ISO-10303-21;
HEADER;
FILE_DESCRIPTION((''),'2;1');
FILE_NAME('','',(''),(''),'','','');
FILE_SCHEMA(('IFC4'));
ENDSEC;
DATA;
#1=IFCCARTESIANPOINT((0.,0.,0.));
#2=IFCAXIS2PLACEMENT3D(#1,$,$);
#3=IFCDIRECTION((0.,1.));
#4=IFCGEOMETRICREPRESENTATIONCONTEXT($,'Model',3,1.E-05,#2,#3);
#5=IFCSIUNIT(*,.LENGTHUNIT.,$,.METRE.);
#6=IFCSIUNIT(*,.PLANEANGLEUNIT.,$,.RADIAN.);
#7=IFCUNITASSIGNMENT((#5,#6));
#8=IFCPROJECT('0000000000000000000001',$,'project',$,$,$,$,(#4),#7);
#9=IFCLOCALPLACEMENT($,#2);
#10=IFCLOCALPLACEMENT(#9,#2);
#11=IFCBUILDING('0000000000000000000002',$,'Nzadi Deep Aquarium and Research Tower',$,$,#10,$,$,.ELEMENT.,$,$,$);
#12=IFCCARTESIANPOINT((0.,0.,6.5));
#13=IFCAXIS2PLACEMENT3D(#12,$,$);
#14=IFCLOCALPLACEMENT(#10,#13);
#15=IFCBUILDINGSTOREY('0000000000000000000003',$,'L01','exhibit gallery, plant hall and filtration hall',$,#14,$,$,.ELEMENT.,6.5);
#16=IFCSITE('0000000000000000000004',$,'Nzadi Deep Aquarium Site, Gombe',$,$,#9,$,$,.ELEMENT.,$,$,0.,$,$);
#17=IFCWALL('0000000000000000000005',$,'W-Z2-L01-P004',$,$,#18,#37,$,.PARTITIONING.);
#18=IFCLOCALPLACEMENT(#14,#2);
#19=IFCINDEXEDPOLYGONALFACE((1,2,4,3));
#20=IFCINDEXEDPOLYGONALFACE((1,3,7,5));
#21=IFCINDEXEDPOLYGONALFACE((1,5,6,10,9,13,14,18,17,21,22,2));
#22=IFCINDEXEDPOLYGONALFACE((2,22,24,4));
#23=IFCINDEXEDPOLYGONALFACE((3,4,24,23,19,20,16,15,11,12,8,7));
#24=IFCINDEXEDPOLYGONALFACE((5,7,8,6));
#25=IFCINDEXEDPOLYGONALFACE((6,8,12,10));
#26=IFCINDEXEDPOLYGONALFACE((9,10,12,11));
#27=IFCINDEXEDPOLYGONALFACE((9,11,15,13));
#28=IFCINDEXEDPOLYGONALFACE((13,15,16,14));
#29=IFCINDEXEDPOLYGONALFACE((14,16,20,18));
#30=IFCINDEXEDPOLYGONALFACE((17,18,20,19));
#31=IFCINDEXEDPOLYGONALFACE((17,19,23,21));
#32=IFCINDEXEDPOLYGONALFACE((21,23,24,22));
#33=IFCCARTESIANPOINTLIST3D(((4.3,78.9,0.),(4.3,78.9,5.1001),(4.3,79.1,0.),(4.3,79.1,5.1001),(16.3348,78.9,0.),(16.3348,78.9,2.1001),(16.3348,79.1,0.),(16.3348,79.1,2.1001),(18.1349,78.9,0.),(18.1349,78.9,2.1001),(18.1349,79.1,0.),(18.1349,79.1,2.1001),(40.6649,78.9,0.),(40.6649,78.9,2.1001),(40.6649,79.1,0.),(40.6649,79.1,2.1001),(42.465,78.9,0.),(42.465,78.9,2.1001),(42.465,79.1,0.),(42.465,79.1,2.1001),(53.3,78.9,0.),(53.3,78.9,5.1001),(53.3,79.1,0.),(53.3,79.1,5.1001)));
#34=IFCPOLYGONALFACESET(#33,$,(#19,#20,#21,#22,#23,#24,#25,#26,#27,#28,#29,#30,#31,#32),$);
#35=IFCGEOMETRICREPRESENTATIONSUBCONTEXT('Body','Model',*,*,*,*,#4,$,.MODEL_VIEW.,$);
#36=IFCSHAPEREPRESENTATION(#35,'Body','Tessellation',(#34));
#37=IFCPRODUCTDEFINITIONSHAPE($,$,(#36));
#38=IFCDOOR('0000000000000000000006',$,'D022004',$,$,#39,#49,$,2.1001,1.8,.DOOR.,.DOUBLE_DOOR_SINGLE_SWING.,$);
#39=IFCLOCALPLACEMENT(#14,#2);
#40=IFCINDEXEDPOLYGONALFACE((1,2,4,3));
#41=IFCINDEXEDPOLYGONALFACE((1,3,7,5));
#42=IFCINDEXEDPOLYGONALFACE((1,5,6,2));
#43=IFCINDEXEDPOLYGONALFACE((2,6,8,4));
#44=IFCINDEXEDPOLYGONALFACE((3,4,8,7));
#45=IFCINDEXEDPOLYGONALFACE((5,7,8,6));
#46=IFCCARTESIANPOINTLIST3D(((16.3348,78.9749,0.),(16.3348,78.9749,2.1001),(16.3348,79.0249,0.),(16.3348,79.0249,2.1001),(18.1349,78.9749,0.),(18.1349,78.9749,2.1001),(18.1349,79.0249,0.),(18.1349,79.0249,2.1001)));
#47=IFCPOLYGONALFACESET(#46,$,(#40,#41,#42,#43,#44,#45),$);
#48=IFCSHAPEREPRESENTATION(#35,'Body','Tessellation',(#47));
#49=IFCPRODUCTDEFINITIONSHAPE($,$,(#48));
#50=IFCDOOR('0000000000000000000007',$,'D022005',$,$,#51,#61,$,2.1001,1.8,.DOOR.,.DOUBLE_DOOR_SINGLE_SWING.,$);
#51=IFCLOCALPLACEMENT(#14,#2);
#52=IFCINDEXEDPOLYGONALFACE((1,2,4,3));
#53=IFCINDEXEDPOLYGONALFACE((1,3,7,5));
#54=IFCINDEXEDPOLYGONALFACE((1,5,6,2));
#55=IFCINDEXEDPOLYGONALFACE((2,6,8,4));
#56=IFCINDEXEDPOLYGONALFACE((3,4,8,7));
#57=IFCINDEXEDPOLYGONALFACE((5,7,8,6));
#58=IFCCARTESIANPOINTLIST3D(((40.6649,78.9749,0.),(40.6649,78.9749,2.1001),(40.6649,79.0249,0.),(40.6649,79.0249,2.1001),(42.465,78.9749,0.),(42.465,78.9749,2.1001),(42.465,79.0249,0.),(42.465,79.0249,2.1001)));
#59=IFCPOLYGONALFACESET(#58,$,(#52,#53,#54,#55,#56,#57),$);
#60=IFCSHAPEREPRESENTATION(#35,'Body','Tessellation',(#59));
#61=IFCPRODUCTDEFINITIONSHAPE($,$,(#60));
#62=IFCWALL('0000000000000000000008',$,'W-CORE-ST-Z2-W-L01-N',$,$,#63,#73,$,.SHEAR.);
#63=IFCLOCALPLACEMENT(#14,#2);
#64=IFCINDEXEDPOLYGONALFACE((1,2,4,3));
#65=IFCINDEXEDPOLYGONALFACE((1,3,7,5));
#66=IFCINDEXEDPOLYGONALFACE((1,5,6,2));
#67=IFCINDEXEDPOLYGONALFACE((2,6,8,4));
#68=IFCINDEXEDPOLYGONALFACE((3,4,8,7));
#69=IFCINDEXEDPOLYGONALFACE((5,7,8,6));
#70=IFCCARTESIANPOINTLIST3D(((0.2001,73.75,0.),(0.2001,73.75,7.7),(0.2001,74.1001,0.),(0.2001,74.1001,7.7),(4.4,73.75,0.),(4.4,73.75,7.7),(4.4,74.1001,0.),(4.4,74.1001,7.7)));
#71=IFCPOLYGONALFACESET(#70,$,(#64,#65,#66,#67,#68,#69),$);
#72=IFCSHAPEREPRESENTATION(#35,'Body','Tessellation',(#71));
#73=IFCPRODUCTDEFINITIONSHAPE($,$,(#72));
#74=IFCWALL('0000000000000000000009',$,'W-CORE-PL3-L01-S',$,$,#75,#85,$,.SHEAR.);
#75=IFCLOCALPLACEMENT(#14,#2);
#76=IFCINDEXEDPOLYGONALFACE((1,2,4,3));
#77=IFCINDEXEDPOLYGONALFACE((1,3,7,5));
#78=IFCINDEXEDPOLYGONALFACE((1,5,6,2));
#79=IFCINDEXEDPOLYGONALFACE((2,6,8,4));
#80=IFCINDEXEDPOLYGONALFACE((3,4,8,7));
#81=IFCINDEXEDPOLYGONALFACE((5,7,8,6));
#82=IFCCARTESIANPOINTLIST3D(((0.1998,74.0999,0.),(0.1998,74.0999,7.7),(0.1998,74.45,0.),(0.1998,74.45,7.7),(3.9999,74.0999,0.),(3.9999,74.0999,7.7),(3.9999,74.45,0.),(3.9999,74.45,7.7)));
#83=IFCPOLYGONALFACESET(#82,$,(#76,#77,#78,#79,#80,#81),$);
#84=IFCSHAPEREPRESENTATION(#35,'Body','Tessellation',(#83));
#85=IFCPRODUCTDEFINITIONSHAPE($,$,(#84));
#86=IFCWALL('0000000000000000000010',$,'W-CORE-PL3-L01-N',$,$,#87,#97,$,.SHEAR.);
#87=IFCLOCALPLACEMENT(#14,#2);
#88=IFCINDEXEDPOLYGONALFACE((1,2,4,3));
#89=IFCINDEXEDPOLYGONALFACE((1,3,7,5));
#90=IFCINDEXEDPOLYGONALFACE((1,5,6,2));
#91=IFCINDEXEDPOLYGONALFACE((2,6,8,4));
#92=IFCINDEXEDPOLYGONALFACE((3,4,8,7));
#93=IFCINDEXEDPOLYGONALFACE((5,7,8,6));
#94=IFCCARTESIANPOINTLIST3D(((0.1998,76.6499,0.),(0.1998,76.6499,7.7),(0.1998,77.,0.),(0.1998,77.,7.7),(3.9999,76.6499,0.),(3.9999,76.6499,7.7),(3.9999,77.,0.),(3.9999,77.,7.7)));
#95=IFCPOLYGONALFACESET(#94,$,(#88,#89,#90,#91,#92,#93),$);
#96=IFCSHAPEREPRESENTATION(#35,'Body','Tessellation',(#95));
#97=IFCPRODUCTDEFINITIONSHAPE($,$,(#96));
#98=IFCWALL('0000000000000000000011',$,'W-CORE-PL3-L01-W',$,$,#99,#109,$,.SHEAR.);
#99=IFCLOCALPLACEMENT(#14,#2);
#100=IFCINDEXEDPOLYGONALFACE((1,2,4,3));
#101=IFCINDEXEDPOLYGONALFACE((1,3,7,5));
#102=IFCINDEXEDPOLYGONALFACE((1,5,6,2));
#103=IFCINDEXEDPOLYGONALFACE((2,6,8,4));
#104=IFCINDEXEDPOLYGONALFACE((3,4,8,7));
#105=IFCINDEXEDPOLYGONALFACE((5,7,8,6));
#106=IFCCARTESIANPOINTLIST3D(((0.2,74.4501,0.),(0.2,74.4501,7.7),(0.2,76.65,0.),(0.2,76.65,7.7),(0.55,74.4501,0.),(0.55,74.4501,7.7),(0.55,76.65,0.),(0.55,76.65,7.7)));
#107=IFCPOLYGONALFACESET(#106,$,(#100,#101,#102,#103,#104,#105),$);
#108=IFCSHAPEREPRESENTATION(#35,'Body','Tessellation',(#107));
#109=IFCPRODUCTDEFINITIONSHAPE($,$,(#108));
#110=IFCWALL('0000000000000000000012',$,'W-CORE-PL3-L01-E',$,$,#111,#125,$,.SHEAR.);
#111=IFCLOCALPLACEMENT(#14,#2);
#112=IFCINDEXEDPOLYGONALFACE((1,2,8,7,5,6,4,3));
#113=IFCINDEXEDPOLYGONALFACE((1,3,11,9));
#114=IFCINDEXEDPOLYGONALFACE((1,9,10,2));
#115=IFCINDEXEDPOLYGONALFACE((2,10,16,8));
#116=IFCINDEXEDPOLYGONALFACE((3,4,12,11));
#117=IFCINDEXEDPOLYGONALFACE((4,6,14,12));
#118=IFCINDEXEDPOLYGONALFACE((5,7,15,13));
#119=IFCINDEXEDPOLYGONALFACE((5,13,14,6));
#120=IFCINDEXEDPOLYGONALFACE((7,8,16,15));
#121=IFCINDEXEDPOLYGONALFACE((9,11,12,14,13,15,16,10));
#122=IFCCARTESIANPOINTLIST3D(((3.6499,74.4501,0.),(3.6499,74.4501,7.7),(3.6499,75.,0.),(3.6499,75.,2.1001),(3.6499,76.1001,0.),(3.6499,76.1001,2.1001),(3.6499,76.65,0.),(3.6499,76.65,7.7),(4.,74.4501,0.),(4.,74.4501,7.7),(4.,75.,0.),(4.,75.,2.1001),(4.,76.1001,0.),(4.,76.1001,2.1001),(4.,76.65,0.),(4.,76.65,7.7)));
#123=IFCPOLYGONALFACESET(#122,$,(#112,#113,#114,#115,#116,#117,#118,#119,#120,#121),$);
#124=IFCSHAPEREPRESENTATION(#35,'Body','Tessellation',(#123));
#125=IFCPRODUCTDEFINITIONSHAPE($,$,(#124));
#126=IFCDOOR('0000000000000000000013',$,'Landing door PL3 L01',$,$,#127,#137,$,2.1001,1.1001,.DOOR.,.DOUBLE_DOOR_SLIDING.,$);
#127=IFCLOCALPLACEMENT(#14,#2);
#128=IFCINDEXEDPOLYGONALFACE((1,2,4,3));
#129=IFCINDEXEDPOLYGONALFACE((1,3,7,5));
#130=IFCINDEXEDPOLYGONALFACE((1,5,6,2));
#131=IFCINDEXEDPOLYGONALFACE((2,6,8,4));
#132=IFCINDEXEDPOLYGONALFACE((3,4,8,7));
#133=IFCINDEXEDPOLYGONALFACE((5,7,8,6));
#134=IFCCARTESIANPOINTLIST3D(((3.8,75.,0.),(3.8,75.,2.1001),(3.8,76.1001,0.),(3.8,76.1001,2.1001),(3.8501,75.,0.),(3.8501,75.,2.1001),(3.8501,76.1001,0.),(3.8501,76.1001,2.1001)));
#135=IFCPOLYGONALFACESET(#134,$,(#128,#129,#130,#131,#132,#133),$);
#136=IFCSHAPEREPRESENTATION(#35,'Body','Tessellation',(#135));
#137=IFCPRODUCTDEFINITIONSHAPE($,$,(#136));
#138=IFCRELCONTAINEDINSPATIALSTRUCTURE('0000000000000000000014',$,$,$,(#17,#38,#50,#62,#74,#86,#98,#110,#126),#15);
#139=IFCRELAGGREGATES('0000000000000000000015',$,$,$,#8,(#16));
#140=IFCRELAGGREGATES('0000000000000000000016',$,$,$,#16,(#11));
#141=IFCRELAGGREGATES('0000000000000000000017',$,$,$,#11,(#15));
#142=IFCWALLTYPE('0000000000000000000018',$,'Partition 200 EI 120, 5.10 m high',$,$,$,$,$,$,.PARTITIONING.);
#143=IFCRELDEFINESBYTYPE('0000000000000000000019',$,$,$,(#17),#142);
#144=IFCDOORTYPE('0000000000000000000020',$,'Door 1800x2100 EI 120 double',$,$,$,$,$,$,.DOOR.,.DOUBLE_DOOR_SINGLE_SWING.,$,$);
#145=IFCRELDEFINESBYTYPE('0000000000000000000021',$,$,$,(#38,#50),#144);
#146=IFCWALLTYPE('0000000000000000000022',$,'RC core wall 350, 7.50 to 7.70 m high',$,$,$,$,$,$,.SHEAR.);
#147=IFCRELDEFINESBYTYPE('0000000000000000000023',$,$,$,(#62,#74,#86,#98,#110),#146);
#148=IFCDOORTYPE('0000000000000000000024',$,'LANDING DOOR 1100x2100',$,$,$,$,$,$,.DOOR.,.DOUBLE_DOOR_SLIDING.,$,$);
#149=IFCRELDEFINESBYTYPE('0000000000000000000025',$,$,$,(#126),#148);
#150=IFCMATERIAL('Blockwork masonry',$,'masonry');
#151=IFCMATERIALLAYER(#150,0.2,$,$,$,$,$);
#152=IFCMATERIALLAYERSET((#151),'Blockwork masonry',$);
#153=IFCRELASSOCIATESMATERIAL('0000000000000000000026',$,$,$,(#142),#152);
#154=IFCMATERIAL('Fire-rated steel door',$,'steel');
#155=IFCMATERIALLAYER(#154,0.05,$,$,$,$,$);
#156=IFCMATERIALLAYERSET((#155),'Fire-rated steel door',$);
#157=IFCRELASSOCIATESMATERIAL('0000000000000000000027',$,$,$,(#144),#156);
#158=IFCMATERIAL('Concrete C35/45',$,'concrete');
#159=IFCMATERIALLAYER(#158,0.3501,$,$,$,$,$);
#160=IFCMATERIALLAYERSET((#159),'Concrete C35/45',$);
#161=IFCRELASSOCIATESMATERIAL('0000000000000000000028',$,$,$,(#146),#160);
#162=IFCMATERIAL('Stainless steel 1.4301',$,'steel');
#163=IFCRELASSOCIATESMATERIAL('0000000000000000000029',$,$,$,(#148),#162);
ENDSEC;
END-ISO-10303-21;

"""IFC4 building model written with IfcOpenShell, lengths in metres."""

from ifc_helpers import new_model, si_unit, direction, frame, frame_2d, origin, place, context, subcontext, project, spatial, rectangle, extrude, material, layer, layer_set, type_object, element, fill, save


model = new_model("IFC4")

# Units and contexts
model_context = context("Model", 3, precision=1e-05, world=origin(), true_north=direction((0.0, 1.0)))
body_context = subcontext(model_context, "Body", "Model", "MODEL_VIEW")
ifc_project = project(units=[si_unit("LENGTHUNIT", "METRE"), si_unit("PLANEANGLEUNIT", "RADIAN")], contexts=[model_context])

# Site, building, storey
site_placement = place(None, origin())
site = spatial("IfcSite", under=ifc_project, at=site_placement, Name="Nzadi Deep Aquarium Site, Gombe", CompositionType="ELEMENT", RefElevation=0.0)
building_placement = place(site_placement, origin())
building = spatial("IfcBuilding", under=site, at=building_placement, Name="Nzadi Deep Aquarium and Research Tower", CompositionType="ELEMENT")
storey_placement = place(building_placement, frame((0.0, 0.0, 6.5)))
storey = spatial("IfcBuildingStorey", under=building, at=storey_placement, Name="L01", Description="exhibit gallery, plant hall and filtration hall", CompositionType="ELEMENT", Elevation=6.5)

# Wall, openings, doors
ifc_material_1 = material(Name="Blockwork masonry", Category="masonry")
ifc_layer_1 = layer(ifc_material_1, 0.2)
ifc_layer_set_1 = layer_set([ifc_layer_1], Name="Blockwork masonry")
wall_type_1 = type_object("IfcWallType", Name="Partition 200 EI 120, 5.10 m high", PredefinedType="PARTITIONING", material=ifc_layer_set_1)
wall_1_placement = place(storey_placement, frame((4.3, 79.0, 0.0), z_axis=(0.0, 0.0, 1.0), x_axis=(1.0, 0.0, 0.0)))
wall_1 = element("IfcWall", 1, at=wall_1_placement, inside=storey, type_object=wall_type_1, Name="W-Z2-L01-P004", PredefinedType="PARTITIONING", context=body_context, shape_type="SweptSolid", body=[
    extrude(rectangle(XDim=49.0, YDim=0.2, at=frame_2d((24.5, 0.0))), origin(), (0.0, 0.0, 1.0), 5.1001),
])
opening_1_placement = place(wall_1_placement, frame((12.0349, 0.0, 0.0)))
opening_1 = element("IfcOpeningElement", 2, at=opening_1_placement, cuts=wall_1, PredefinedType="OPENING", context=body_context, shape_type="SweptSolid", body=[
    extrude(rectangle(XDim=1.8, YDim=2.1001, at=frame_2d((0.8999, 1.05))), frame((0.0, 0.1101, 0.0), z_axis=(0.0, -1.0, 0.0), x_axis=(1.0, 0.0, 0.0)), (0.0, 0.0, 1.0), 0.2202),
])
opening_2_placement = place(wall_1_placement, frame((36.365, 0.0, 0.0)))
opening_2 = element("IfcOpeningElement", 3, at=opening_2_placement, cuts=wall_1, PredefinedType="OPENING", context=body_context, shape_type="SweptSolid", body=[
    extrude(rectangle(XDim=1.8, YDim=2.1001, at=frame_2d((0.8999, 1.05))), frame((0.0, 0.1101, 0.0), z_axis=(0.0, -1.0, 0.0), x_axis=(1.0, 0.0, 0.0)), (0.0, 0.0, 1.0), 0.2202),
])
ifc_material_2 = material(Name="Fire-rated steel door", Category="steel")
ifc_layer_2 = layer(ifc_material_2, 0.05)
ifc_layer_set_2 = layer_set([ifc_layer_2], Name="Fire-rated steel door")
door_type_1 = type_object("IfcDoorType", Name="Door 1800x2100 EI 120 double", OperationType="DOUBLE_DOOR_SINGLE_SWING", PredefinedType="DOOR", material=ifc_layer_set_2)
door_1_placement = place(opening_1_placement, origin())
door_1 = element("IfcDoor", 4, at=door_1_placement, inside=storey, type_object=door_type_1, Name="D022004", OperationType="DOUBLE_DOOR_SINGLE_SWING", OverallHeight=2.1001, OverallWidth=1.8, PredefinedType="DOOR", context=body_context, shape_type="SweptSolid", body=[
    extrude(rectangle(XDim=1.8, YDim=2.1001, at=frame_2d((0.8999, 1.05))), frame((0.0, 0.0249, 0.0), z_axis=(0.0, -1.0, 0.0), x_axis=(1.0, 0.0, 0.0)), (0.0, 0.0, 1.0), 0.05),
])
fill(opening_1, door_1)
door_2_placement = place(opening_2_placement, origin())
door_2 = element("IfcDoor", 5, at=door_2_placement, inside=storey, type_object=door_type_1, Name="D022005", OperationType="DOUBLE_DOOR_SINGLE_SWING", OverallHeight=2.1001, OverallWidth=1.8, PredefinedType="DOOR", context=body_context, shape_type="SweptSolid", body=[
    extrude(rectangle(XDim=1.8, YDim=2.1001, at=frame_2d((0.8999, 1.05))), frame((0.0, 0.0249, 0.0), z_axis=(0.0, -1.0, 0.0), x_axis=(1.0, 0.0, 0.0)), (0.0, 0.0, 1.0), 0.05),
])
fill(opening_2, door_2)

# Walls
ifc_material_3 = material(Name="Concrete C35/45", Category="concrete")
ifc_layer_3 = layer(ifc_material_3, 0.3501)
ifc_layer_set_3 = layer_set([ifc_layer_3], Name="Concrete C35/45")
wall_type_2 = type_object("IfcWallType", Name="RC core wall 350, 7.50 to 7.70 m high", PredefinedType="SHEAR", material=ifc_layer_set_3)
wall_2_placement = place(storey_placement, frame((0.2, 73.925, 0.0), z_axis=(0.0, 0.0, 1.0), x_axis=(1.0, 0.0, 0.0)))
element("IfcWall", 6, at=wall_2_placement, inside=storey, type_object=wall_type_2, Name="W-CORE-ST-Z2-W-L01-N", PredefinedType="SHEAR", context=body_context, shape_type="SweptSolid", body=[
    extrude(rectangle(XDim=4.2, YDim=0.3501, at=frame_2d((2.1001, 0.0))), origin(), (0.0, 0.0, 1.0), 7.7),
])
for number, where, z_axis, x_axis, name in (
    (7, (0.2, 74.2749, 0.0), (0.0, 0.0, 1.0), (1.0, 0.0, 0.0), "W-CORE-PL3-L01-S"),
    (8, (0.2, 76.825, 0.0), (0.0, 0.0, 1.0), (1.0, 0.0, 0.0), "W-CORE-PL3-L01-N"),
):
    element("IfcWall", number, at=place(storey_placement, frame(where, z_axis=z_axis, x_axis=x_axis)), inside=storey, type_object=wall_type_2, Name=name, PredefinedType="SHEAR", context=body_context, shape_type="SweptSolid", body=[
        extrude(rectangle(XDim=3.8, YDim=0.3501, at=frame_2d((1.8999, 0.0))), origin(), (0.0, 0.0, 1.0), 7.7),
    ])
wall_3_placement = place(storey_placement, frame((0.375, 74.45, 0.0), z_axis=(0.0, 0.0, 1.0), x_axis=(0.0, 1.0, 0.0)))
element("IfcWall", 9, at=wall_3_placement, inside=storey, type_object=wall_type_2, Name="W-CORE-PL3-L01-W", PredefinedType="SHEAR", context=body_context, shape_type="SweptSolid", body=[
    extrude(rectangle(XDim=2.2, YDim=0.3501, at=frame_2d((1.1001, 0.0))), origin(), (0.0, 0.0, 1.0), 7.7),
])

# Wall, opening, door
wall_4_placement = place(storey_placement, frame((3.825, 74.45, 0.0), z_axis=(0.0, 0.0, 1.0), x_axis=(0.0, 1.0, 0.0)))
wall_4 = element("IfcWall", 10, at=wall_4_placement, inside=storey, type_object=wall_type_2, Name="W-CORE-PL3-L01-E", PredefinedType="SHEAR", context=body_context, shape_type="SweptSolid", body=[
    extrude(rectangle(XDim=2.2, YDim=0.3501, at=frame_2d((1.1001, 0.0))), origin(), (0.0, 0.0, 1.0), 7.7),
])
opening_3_placement = place(wall_4_placement, frame((0.55, 0.0, 0.0)))
opening_3 = element("IfcOpeningElement", 11, at=opening_3_placement, cuts=wall_4, PredefinedType="OPENING", context=body_context, shape_type="SweptSolid", body=[
    extrude(rectangle(XDim=1.1001, YDim=2.1001, at=frame_2d((0.55, 1.05))), frame((0.0, 0.1851, 0.0), z_axis=(0.0, -1.0, 0.0), x_axis=(1.0, 0.0, 0.0)), (0.0, 0.0, 1.0), 0.3701),
])
ifc_material_4 = material(Name="Stainless steel 1.4301", Category="steel")
door_type_2 = type_object("IfcDoorType", Name="LANDING DOOR 1100x2100", OperationType="DOUBLE_DOOR_SLIDING", PredefinedType="DOOR", material=ifc_material_4)
door_3_placement = place(opening_3_placement, origin())
door_3 = element("IfcDoor", 12, at=door_3_placement, inside=storey, type_object=door_type_2, Name="Landing door PL3 L01", OperationType="DOUBLE_DOOR_SLIDING", OverallHeight=2.1001, OverallWidth=1.1001, PredefinedType="DOOR", context=body_context, shape_type="SweptSolid", body=[
    extrude(rectangle(XDim=1.1001, YDim=2.1001, at=frame_2d((0.55, 1.05))), frame((0.0, 0.0249, 0.0), z_axis=(0.0, -1.0, 0.0), x_axis=(1.0, 0.0, 0.0)), (0.0, 0.0, 1.0), 0.05),
])
fill(opening_3, door_3)

save(model, "model.ifc")
